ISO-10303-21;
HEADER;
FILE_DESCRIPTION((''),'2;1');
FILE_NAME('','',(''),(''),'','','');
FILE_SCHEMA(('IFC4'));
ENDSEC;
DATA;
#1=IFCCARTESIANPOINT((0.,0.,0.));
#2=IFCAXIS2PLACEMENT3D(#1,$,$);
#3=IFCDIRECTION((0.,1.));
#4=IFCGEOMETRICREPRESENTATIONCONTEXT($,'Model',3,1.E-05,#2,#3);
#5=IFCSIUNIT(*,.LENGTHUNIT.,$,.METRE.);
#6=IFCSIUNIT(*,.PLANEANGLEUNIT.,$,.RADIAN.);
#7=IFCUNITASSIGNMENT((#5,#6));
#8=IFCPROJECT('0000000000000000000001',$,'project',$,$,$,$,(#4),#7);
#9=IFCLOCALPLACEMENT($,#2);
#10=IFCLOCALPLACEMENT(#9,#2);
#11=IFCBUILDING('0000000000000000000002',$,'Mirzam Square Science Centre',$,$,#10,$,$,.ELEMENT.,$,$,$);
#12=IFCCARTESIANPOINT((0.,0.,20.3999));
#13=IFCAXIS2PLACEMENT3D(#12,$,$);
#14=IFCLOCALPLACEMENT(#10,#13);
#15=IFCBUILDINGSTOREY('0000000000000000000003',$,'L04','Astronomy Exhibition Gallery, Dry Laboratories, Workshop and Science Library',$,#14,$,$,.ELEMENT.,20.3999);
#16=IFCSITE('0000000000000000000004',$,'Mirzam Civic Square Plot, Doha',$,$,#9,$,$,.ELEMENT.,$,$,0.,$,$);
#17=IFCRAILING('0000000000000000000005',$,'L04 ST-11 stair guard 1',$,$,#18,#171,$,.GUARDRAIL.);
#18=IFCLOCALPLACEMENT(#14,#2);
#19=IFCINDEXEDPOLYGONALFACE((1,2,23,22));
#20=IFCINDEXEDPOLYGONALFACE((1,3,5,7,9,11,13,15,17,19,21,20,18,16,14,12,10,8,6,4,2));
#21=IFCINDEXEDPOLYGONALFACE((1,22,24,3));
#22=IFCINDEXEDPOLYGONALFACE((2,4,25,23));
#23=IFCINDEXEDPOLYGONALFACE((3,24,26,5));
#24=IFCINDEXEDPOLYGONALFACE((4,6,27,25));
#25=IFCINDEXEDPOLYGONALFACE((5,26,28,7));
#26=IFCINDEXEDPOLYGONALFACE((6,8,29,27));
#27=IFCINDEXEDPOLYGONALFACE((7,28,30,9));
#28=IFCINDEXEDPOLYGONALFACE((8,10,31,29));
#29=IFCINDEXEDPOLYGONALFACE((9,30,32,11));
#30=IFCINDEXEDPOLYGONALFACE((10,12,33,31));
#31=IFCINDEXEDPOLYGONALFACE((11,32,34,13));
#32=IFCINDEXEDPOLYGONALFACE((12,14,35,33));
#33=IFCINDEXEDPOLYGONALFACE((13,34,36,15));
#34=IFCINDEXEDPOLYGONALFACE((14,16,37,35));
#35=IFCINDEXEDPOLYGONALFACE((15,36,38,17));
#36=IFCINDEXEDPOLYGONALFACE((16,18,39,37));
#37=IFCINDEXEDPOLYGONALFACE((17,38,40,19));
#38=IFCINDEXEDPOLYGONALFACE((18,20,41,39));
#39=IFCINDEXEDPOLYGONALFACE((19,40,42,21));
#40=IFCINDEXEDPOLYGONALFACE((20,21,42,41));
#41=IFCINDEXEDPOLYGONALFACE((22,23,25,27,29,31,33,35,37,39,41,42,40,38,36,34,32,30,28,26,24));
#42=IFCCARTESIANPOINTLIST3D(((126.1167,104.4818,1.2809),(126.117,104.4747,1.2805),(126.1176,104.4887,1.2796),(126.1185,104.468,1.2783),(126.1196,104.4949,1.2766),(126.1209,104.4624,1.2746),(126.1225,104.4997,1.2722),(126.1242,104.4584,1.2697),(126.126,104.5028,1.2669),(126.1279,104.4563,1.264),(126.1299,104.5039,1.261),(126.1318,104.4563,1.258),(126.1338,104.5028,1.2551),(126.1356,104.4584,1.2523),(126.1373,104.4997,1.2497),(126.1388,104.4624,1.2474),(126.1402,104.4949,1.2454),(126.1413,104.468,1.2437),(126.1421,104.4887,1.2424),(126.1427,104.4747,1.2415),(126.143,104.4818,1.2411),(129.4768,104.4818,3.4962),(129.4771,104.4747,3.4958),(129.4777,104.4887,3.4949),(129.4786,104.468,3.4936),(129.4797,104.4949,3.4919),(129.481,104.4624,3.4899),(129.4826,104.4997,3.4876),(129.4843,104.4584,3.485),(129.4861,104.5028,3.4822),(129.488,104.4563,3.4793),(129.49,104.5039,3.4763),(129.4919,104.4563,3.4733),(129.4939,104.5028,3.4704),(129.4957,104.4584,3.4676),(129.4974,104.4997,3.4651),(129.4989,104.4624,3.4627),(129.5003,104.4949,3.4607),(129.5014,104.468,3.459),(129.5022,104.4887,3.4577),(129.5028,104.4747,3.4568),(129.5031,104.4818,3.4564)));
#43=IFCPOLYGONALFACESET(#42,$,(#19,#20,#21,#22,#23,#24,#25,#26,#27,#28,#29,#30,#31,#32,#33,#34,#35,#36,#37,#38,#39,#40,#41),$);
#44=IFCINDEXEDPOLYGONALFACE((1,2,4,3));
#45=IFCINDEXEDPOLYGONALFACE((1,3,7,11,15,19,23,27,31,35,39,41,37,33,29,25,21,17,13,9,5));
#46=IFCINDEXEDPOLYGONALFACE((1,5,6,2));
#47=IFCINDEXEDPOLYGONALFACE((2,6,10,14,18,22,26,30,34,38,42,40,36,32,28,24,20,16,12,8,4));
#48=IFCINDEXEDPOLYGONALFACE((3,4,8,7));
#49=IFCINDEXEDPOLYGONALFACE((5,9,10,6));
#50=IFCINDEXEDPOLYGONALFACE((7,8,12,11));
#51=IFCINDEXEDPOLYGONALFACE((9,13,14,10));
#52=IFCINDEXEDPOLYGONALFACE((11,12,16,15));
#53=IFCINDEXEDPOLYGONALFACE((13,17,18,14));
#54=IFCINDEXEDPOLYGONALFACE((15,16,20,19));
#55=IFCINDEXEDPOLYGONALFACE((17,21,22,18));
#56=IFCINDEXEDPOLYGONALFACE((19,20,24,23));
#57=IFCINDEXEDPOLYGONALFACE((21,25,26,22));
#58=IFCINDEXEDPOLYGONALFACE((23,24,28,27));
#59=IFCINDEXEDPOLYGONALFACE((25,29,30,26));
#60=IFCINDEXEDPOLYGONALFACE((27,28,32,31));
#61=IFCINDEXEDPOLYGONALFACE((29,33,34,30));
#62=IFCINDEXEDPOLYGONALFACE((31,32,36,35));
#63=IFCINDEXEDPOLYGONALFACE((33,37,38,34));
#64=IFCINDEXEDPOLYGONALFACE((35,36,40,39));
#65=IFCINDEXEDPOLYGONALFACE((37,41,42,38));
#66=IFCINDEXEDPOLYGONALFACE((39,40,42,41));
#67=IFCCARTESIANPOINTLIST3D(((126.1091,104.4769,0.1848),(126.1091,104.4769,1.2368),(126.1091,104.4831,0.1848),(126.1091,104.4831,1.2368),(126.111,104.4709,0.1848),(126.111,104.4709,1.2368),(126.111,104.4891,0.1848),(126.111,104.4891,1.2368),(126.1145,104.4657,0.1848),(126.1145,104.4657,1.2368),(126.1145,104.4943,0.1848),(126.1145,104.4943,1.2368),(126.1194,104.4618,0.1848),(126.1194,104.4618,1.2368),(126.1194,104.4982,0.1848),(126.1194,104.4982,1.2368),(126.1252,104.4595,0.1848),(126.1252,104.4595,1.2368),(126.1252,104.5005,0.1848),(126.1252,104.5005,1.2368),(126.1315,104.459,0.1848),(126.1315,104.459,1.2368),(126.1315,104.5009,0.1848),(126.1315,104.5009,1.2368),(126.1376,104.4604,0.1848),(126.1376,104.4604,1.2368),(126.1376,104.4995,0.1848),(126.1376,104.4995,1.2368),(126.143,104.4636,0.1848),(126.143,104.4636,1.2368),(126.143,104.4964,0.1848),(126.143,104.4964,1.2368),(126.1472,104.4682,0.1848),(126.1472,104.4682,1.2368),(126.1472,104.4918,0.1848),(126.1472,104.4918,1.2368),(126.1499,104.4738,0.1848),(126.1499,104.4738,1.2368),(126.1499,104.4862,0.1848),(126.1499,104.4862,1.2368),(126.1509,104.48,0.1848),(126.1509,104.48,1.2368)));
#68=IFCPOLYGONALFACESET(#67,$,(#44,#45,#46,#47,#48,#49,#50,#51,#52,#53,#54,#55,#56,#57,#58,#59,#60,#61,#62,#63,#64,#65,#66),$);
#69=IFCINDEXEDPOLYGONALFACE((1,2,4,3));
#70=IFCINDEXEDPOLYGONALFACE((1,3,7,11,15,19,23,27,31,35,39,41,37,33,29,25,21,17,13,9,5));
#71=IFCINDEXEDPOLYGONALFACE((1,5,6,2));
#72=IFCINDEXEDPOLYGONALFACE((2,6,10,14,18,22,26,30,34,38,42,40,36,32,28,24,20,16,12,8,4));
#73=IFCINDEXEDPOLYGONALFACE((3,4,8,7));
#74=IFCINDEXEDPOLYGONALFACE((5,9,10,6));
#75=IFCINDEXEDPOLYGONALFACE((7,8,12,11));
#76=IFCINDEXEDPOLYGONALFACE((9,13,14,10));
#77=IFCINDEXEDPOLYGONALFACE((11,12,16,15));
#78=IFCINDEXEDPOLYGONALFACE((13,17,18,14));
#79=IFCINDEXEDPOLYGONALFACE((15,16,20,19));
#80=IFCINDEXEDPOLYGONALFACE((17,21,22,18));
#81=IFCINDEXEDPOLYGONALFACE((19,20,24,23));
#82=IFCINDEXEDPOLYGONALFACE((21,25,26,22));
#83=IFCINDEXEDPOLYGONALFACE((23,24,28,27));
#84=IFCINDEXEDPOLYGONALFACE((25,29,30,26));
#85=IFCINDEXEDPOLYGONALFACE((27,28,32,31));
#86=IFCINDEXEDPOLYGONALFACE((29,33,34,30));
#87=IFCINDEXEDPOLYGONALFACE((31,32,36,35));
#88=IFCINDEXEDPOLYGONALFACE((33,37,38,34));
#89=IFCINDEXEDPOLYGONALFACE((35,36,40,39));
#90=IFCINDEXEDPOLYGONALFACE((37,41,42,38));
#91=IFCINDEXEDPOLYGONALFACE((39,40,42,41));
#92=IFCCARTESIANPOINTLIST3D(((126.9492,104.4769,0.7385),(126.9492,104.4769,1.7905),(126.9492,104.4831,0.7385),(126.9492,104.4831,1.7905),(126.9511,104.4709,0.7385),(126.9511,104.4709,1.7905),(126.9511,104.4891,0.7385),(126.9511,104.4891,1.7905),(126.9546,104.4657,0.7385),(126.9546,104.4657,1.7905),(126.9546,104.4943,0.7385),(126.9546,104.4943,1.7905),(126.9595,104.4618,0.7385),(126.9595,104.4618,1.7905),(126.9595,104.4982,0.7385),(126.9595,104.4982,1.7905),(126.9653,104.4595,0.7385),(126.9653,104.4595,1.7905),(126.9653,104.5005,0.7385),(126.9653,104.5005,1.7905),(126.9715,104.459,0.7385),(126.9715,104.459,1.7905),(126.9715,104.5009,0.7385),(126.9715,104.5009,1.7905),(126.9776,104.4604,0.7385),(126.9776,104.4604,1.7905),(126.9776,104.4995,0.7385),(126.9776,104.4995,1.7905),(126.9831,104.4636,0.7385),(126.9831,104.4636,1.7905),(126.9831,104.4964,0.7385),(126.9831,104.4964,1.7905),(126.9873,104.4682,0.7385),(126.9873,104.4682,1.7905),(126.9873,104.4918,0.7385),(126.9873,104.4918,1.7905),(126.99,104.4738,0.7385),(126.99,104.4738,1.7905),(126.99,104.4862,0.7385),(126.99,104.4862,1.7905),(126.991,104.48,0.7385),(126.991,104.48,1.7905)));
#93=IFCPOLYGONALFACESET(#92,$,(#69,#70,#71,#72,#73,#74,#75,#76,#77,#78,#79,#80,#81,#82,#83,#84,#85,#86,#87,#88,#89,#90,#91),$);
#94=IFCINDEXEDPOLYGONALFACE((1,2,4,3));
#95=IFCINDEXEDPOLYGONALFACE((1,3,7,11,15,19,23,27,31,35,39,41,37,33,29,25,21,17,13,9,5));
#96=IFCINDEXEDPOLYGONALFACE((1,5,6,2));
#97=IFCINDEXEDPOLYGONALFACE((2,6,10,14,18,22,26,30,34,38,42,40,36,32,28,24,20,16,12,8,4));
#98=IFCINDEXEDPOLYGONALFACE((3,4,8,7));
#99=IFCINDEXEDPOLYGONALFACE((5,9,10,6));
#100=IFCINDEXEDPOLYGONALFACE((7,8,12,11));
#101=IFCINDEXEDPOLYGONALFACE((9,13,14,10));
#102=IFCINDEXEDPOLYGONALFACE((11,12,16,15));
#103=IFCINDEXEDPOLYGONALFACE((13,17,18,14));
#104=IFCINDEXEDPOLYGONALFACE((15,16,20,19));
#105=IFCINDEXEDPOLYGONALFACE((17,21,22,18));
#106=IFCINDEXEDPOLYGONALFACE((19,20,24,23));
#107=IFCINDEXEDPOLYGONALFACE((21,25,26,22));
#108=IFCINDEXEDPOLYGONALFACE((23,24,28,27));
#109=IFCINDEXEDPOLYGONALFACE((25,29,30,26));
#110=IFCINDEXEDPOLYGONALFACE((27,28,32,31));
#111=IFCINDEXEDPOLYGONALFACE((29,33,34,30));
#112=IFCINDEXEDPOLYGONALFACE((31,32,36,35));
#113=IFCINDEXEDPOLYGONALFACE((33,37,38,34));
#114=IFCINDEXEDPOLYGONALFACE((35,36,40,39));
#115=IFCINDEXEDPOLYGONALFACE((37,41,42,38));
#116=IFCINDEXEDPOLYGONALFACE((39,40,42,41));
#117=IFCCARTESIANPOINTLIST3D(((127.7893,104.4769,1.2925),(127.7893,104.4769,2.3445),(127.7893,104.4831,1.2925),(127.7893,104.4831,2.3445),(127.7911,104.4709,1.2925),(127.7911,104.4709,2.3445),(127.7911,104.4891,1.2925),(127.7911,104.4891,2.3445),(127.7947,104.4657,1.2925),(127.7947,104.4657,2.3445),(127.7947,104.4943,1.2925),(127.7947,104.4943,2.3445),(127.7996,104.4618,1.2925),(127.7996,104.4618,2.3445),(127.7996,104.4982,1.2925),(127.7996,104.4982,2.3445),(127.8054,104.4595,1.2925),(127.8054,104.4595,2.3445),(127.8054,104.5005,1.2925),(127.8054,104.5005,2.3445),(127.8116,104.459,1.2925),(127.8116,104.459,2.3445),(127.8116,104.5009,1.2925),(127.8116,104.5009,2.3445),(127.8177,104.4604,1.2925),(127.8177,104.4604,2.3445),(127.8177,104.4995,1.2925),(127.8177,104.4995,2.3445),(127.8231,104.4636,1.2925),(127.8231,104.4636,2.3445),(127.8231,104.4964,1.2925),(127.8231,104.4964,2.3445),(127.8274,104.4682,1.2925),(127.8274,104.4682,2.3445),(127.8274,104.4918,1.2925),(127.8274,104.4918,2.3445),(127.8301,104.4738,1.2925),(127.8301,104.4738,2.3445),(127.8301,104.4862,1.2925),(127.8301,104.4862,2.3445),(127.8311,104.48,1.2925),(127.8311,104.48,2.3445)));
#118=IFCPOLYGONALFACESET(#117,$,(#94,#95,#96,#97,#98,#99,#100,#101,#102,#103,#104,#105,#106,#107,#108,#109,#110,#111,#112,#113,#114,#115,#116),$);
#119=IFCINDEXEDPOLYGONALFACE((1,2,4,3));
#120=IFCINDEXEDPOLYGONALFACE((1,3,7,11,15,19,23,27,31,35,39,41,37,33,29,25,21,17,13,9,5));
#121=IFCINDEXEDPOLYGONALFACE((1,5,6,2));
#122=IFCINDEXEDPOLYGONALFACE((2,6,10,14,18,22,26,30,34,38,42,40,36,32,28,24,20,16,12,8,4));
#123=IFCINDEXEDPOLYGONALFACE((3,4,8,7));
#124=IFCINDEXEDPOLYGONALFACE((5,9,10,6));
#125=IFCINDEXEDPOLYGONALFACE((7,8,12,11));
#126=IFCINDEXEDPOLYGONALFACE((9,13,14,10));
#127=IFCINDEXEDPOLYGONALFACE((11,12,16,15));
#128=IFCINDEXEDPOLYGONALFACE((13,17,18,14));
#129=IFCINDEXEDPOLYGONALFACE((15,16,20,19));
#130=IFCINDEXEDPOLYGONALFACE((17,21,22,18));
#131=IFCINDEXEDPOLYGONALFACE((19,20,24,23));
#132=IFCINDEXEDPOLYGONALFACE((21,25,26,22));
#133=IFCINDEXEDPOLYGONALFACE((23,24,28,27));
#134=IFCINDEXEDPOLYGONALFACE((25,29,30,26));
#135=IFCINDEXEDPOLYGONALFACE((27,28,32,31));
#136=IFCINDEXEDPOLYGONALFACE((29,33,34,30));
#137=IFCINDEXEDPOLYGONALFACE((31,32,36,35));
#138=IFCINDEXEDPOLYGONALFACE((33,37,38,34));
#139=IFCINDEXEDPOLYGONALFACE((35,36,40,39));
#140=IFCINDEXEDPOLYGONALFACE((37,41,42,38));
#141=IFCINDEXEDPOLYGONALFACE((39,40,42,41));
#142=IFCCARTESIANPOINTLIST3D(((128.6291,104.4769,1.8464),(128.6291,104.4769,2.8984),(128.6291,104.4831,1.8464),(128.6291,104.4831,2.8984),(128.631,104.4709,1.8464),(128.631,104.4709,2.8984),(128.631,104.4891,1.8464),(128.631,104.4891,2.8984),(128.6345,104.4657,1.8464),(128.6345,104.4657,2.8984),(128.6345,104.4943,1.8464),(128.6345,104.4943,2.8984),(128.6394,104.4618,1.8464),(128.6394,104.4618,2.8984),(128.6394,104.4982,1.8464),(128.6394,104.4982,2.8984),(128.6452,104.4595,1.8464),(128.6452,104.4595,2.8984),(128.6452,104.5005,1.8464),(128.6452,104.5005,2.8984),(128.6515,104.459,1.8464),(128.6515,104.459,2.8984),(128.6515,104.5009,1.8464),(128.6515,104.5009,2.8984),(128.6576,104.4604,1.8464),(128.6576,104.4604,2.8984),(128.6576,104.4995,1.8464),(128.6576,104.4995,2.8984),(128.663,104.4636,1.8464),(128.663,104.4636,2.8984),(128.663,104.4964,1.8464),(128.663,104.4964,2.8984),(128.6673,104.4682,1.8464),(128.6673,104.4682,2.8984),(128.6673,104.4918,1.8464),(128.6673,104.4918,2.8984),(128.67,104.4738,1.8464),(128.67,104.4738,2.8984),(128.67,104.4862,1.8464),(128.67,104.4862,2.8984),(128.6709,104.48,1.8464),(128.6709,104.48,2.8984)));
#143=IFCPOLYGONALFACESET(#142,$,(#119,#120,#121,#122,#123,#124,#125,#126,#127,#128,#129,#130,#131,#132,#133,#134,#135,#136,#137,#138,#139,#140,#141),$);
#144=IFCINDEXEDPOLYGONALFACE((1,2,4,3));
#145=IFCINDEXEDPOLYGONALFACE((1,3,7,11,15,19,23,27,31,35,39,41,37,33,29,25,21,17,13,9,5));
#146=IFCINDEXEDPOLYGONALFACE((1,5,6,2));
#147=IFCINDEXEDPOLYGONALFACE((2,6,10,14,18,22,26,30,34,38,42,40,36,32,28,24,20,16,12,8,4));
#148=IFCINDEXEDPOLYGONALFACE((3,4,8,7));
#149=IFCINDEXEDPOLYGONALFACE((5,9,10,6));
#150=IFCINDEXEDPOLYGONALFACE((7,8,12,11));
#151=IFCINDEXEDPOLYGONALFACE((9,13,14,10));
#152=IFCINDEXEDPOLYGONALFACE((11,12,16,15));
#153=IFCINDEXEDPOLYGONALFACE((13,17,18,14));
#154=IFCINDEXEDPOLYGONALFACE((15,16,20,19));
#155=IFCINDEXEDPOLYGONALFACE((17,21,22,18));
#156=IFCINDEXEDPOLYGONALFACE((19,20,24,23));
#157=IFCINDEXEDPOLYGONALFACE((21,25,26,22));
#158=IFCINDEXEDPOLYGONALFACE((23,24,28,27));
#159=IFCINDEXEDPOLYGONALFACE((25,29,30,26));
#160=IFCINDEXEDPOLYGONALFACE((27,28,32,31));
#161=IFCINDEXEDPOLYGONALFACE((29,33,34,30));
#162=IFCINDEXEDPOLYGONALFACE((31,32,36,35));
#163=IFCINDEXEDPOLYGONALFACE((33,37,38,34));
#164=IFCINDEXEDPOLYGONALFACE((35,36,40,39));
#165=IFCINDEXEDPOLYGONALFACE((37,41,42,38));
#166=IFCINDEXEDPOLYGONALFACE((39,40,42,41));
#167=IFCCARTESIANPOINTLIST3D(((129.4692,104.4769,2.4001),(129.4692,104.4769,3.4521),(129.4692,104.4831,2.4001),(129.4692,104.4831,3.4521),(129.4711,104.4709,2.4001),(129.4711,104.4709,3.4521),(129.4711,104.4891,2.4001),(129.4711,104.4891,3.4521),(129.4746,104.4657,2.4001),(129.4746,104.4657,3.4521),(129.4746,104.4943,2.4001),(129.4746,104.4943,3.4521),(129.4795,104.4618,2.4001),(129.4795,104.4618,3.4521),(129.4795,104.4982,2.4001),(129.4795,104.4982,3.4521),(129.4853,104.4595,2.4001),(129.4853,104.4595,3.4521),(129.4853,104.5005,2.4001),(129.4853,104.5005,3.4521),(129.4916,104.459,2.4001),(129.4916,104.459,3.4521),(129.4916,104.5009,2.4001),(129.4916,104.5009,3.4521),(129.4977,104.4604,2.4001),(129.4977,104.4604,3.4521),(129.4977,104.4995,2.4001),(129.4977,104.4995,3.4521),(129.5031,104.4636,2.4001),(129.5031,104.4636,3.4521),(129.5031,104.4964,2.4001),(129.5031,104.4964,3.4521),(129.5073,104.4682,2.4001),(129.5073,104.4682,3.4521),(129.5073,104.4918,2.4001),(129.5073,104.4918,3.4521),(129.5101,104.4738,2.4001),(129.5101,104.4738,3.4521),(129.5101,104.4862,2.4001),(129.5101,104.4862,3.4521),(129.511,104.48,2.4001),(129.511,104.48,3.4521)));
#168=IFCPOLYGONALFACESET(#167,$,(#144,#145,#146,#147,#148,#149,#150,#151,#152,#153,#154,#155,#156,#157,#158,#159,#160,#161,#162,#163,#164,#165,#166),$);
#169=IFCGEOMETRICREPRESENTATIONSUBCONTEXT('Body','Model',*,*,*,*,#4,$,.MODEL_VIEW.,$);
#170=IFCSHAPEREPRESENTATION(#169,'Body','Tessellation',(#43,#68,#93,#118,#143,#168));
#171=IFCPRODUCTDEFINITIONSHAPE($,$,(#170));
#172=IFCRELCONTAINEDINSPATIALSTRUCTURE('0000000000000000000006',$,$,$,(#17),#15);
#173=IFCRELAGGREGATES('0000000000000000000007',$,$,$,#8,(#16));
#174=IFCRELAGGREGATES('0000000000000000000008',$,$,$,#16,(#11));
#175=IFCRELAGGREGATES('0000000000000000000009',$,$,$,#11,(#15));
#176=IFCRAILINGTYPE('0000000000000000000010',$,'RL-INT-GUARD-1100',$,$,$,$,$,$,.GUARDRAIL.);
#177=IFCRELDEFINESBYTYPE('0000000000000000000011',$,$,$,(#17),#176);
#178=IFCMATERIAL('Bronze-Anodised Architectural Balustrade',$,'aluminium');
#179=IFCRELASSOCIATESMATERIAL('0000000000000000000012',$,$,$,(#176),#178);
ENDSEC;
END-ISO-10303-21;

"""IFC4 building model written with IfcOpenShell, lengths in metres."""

from ifc_helpers import new_model, si_unit, direction, frame, origin, origin_2d, place, context, subcontext, project, spatial, circle, extrude, material, type_object, element, save


model = new_model("IFC4")

# Units and contexts
model_context = context("Model", 3, precision=1e-05, world=origin(), true_north=direction((0.0, 1.0)))
body_context = subcontext(model_context, "Body", "Model", "MODEL_VIEW")
ifc_project = project(units=[si_unit("LENGTHUNIT", "METRE"), si_unit("PLANEANGLEUNIT", "RADIAN")], contexts=[model_context])

# Site, building, storey
site_placement = place(None, origin())
site = spatial("IfcSite", under=ifc_project, at=site_placement, Name="Mirzam Civic Square Plot, Doha", CompositionType="ELEMENT", RefElevation=0.0)
building_placement = place(site_placement, origin())
building = spatial("IfcBuilding", under=site, at=building_placement, Name="Mirzam Square Science Centre", CompositionType="ELEMENT")
storey_placement = place(building_placement, frame((0.0, 0.0, 20.3999)))
storey = spatial("IfcBuildingStorey", under=building, at=storey_placement, Name="L04", Description="Astronomy Exhibition Gallery, Dry Laboratories, Workshop and Science Library", CompositionType="ELEMENT", Elevation=20.3999)

# Railing
ifc_material_1 = material(Name="Bronze-Anodised Architectural Balustrade", Category="aluminium")
railing_type_1 = type_object("IfcRailingType", Name="RL-INT-GUARD-1100", PredefinedType="GUARDRAIL", material=ifc_material_1)
railing_1_placement = place(storey_placement, frame((126.1299, 104.48, 0.1848)))
element("IfcRailing", 1, at=railing_1_placement, inside=storey, type_object=railing_type_1, Name="L04 ST-11 stair guard 1", PredefinedType="GUARDRAIL", context=body_context, shape_type="SweptSolid", body=[
    extrude(circle(Radius=0.0239, at=origin_2d()), frame((0.0, 0.0, 1.0762), z_axis=(0.834876, 0.0, 0.550437), x_axis=(0.0, 1.0, 0.0)), (0.0, 0.0, 1.0), 4.0247),
    extrude(circle(Radius=0.021, at=origin_2d()), origin(), (0.0, 0.0, 1.0), 1.052),
    extrude(circle(Radius=0.021, at=origin_2d()), frame((0.8401, 0.0, 0.5537)), (0.0, 0.0, 1.0), 1.052),
    extrude(circle(Radius=0.021, at=origin_2d()), frame((1.6802, 0.0, 1.1077)), (0.0, 0.0, 1.0), 1.052),
    extrude(circle(Radius=0.021, at=origin_2d()), frame((2.52, 0.0, 1.6616)), (0.0, 0.0, 1.0), 1.052),
    extrude(circle(Radius=0.021, at=origin_2d()), frame((3.3601, 0.0, 2.2153)), (0.0, 0.0, 1.0), 1.052),
])

save(model, "model.ifc")
